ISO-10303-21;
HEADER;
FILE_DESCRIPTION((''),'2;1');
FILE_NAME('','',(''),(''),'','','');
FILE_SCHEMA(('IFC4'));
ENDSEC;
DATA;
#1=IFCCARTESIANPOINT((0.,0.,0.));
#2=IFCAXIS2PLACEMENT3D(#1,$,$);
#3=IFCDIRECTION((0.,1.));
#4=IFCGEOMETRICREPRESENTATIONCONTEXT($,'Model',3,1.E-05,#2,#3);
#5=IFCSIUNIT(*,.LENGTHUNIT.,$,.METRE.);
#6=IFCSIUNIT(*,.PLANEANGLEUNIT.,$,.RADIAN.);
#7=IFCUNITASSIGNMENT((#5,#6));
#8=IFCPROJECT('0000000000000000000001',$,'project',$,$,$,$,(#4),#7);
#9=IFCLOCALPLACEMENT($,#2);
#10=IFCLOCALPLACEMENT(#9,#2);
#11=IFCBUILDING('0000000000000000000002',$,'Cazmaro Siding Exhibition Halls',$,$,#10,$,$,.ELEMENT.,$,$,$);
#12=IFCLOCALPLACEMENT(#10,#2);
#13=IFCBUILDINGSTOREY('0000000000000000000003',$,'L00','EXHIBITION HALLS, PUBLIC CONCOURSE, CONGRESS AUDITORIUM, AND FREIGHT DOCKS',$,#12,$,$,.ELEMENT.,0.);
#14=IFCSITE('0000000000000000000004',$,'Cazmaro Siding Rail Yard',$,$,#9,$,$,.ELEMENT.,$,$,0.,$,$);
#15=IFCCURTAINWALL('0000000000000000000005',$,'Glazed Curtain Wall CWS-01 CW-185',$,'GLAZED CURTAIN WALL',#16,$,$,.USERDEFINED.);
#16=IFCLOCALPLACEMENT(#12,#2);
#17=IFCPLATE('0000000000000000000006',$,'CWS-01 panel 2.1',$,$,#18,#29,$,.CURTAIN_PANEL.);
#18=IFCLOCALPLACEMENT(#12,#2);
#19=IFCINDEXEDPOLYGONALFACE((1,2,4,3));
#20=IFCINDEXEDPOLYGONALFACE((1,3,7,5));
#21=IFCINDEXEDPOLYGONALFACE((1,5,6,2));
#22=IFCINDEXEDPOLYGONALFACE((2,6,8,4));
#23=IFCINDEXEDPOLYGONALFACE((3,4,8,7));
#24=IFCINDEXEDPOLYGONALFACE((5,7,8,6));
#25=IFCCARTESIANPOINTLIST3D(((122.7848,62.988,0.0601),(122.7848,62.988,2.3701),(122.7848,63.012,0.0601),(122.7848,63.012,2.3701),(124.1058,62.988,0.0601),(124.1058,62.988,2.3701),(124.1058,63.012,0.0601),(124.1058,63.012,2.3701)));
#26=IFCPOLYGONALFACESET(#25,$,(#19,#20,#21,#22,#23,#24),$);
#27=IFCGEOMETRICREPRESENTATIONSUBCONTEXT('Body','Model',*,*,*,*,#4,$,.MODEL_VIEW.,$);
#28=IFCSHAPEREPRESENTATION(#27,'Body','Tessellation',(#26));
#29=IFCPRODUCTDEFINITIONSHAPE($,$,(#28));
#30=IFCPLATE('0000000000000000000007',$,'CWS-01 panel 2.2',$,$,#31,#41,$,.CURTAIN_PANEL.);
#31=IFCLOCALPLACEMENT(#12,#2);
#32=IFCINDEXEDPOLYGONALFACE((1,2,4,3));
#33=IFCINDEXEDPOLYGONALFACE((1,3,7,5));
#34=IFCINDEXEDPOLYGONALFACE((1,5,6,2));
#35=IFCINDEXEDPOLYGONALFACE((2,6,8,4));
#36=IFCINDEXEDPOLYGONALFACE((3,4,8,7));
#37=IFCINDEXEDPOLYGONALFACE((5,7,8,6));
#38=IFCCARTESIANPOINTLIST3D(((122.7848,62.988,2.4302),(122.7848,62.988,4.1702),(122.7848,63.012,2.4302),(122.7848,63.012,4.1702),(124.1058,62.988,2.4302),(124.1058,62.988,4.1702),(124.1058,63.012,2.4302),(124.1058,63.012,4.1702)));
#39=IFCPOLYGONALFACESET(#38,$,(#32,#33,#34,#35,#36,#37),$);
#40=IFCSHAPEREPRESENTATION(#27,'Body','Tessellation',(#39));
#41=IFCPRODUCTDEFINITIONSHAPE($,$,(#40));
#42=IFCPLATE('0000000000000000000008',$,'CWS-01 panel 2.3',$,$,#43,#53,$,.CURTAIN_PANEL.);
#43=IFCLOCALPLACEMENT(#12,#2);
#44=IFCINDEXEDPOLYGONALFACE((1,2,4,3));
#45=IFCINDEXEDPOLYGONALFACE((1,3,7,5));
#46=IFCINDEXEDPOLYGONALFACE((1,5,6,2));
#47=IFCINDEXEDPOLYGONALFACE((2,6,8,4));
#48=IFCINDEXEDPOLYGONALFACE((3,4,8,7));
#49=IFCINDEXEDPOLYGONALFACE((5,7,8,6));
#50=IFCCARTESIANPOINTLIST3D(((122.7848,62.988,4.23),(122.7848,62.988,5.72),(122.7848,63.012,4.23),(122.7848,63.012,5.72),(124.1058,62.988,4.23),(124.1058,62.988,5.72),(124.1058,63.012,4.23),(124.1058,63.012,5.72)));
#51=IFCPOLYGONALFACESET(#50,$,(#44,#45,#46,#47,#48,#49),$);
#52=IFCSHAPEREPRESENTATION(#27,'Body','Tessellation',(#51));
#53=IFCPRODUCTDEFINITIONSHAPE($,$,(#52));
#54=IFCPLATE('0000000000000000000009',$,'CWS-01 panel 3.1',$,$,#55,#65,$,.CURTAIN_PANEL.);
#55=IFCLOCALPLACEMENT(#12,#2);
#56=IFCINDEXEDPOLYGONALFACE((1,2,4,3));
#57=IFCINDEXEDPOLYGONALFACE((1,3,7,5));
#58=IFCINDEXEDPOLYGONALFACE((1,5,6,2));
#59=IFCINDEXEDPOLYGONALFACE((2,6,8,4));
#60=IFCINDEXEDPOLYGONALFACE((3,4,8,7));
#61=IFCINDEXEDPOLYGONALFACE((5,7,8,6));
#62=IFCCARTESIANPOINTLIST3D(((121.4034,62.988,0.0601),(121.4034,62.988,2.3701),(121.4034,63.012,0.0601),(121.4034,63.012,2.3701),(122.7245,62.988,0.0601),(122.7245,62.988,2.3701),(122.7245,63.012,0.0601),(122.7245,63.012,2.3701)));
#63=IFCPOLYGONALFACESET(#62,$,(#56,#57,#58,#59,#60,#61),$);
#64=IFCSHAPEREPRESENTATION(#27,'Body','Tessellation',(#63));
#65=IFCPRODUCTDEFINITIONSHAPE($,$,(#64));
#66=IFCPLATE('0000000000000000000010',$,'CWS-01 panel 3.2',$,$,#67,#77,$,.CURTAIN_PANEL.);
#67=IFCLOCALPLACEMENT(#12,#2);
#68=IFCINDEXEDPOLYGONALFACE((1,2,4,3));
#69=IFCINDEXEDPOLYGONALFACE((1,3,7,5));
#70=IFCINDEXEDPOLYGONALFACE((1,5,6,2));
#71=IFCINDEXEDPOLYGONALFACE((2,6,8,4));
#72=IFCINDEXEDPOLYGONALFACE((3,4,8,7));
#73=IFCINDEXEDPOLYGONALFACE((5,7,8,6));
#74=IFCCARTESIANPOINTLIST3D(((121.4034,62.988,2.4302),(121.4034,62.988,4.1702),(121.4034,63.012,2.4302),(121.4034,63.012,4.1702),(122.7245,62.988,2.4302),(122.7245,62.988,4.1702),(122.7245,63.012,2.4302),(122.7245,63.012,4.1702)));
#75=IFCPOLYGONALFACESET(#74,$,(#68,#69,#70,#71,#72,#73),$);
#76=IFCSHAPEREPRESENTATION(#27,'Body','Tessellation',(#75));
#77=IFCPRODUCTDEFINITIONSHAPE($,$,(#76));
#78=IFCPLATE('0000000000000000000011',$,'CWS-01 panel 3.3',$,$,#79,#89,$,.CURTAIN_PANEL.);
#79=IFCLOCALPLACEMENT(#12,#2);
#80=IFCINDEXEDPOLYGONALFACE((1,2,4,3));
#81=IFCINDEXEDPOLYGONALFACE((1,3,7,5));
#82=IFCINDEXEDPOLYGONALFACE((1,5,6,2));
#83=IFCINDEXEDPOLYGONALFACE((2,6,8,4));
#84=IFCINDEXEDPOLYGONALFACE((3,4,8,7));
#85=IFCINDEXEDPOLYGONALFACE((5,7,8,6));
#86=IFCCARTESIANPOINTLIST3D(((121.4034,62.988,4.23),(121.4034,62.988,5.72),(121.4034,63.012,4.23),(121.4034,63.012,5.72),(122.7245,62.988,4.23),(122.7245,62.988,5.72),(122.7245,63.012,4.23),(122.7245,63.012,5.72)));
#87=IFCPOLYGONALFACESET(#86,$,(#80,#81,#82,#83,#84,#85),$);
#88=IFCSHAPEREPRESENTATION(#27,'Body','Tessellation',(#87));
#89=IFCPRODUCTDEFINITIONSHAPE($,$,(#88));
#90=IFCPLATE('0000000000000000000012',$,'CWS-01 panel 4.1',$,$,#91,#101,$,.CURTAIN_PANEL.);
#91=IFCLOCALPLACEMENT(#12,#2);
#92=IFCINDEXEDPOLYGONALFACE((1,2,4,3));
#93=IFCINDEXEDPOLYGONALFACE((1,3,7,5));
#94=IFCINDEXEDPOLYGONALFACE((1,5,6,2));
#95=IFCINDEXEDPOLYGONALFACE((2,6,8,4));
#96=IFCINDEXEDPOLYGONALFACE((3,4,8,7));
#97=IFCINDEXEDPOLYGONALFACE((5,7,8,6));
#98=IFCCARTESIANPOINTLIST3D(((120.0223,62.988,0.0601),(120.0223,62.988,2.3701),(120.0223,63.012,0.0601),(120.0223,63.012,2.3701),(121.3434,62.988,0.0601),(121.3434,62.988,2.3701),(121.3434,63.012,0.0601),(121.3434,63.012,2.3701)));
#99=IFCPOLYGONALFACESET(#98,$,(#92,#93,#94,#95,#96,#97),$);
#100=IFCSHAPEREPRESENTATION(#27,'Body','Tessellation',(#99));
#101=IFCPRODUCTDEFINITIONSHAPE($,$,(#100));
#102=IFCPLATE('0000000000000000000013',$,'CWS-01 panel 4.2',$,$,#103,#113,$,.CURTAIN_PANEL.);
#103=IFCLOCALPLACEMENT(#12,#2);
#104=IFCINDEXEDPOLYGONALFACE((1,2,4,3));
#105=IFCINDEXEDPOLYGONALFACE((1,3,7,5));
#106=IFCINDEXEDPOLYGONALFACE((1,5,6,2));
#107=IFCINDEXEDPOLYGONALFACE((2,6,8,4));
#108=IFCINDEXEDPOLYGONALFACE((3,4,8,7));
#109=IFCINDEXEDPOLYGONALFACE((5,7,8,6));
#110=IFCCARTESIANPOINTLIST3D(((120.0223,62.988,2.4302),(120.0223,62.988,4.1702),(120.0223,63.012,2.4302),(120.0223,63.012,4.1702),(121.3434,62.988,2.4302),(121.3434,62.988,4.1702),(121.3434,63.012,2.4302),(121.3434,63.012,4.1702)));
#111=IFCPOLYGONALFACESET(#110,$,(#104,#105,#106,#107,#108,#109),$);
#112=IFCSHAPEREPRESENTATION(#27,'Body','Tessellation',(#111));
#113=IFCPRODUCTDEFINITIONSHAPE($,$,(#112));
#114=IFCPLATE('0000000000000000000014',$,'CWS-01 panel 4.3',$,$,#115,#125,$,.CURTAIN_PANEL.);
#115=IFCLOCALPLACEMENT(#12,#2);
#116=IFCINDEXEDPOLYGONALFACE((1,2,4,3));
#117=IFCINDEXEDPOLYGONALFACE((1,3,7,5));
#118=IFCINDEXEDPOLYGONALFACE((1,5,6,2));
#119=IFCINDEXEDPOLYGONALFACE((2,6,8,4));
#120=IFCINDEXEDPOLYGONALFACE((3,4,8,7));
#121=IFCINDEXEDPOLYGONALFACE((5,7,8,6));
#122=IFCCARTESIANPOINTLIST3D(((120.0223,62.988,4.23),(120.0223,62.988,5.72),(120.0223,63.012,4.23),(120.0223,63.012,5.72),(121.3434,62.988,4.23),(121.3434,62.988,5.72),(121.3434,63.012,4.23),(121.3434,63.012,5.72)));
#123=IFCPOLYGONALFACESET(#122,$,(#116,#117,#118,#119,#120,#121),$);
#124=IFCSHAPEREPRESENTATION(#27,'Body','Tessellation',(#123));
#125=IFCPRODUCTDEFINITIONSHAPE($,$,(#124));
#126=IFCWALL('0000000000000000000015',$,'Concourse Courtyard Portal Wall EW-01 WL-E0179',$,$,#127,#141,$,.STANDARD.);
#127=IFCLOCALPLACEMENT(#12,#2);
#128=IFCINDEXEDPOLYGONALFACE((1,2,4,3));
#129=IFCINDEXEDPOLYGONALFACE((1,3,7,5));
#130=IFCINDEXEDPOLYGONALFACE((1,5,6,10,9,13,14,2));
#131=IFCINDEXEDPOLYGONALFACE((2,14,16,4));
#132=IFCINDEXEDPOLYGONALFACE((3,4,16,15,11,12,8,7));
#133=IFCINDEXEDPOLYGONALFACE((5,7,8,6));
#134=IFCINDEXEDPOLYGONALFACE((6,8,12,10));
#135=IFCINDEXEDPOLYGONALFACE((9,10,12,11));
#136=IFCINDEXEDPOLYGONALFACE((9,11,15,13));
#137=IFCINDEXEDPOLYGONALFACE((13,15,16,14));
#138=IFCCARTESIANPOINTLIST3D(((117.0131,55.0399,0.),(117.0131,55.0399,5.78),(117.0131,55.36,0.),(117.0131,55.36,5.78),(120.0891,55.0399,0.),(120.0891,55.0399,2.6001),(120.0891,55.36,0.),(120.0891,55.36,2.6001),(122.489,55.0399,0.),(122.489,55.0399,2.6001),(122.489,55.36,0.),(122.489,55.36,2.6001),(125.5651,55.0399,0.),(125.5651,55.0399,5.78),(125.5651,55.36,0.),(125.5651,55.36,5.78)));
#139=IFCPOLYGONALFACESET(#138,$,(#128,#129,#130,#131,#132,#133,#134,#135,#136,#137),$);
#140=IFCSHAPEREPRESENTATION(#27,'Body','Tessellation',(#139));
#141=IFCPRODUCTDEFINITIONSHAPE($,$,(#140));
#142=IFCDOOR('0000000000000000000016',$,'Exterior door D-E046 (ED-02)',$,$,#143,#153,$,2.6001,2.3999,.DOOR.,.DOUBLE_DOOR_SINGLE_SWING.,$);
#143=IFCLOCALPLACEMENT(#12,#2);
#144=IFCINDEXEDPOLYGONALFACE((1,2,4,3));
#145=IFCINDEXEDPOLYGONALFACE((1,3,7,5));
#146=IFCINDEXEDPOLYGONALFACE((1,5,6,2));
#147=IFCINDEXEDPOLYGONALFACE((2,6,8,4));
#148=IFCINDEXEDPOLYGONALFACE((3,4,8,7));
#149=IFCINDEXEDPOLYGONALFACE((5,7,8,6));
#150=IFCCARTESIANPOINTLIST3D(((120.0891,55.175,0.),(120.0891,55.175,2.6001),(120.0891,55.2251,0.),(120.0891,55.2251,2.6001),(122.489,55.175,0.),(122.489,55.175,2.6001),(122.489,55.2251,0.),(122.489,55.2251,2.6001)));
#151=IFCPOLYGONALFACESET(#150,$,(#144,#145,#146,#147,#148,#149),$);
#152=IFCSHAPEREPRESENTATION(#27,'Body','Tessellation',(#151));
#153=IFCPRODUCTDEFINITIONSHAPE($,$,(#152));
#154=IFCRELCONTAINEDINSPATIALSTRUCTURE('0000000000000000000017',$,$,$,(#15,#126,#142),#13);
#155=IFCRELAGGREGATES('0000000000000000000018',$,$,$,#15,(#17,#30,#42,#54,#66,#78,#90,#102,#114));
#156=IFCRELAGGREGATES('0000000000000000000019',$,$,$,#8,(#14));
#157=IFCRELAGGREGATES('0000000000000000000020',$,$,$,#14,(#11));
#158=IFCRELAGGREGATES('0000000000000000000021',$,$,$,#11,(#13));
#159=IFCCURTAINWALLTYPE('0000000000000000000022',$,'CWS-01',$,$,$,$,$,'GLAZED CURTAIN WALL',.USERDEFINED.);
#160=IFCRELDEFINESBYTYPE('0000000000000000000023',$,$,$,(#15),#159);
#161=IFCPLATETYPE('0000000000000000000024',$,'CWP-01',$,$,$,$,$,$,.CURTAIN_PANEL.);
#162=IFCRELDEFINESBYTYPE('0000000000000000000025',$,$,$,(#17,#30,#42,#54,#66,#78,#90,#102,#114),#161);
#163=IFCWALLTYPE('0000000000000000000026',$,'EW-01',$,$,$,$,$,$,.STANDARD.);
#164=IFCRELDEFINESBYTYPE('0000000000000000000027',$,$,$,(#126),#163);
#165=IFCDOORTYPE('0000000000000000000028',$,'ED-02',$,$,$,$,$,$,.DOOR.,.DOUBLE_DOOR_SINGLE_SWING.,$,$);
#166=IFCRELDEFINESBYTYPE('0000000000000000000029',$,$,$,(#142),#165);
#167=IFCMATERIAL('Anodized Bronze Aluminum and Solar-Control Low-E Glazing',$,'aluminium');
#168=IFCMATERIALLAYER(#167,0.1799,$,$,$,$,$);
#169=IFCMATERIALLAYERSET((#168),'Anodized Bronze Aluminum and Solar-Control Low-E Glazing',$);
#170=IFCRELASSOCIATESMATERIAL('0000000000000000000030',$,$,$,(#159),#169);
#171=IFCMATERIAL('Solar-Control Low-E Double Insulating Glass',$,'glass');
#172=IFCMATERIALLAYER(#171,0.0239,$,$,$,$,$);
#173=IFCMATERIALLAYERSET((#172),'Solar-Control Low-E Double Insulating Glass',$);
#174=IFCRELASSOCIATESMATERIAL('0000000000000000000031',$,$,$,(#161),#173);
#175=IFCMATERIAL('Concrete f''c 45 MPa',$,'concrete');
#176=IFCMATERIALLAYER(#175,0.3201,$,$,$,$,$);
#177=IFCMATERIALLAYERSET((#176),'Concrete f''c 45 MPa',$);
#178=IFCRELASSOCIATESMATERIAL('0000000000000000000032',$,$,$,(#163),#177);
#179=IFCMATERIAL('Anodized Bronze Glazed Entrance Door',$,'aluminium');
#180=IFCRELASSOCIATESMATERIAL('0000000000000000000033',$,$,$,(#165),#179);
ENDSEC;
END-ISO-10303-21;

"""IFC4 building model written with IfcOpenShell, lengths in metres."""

from ifc_helpers import new_model, si_unit, direction, frame, frame_2d, origin, origin_2d, place, context, subcontext, project, spatial, rectangle, extrude, material, layer, layer_set, type_object, element, fill, aggregate, save


model = new_model("IFC4")

# Units and contexts
model_context = context("Model", 3, precision=1e-05, world=origin(), true_north=direction((0.0, 1.0)))
body_context = subcontext(model_context, "Body", "Model", "MODEL_VIEW")
ifc_project = project(units=[si_unit("LENGTHUNIT", "METRE"), si_unit("PLANEANGLEUNIT", "RADIAN")], contexts=[model_context])

# Site, building, storey
site_placement = place(None, origin())
site = spatial("IfcSite", under=ifc_project, at=site_placement, Name="Cazmaro Siding Rail Yard", CompositionType="ELEMENT", RefElevation=0.0)
building_placement = place(site_placement, origin())
building = spatial("IfcBuilding", under=site, at=building_placement, Name="Cazmaro Siding Exhibition Halls", CompositionType="ELEMENT")
storey_placement = place(building_placement, origin())
storey = spatial("IfcBuildingStorey", under=building, at=storey_placement, Name="L00", Description="EXHIBITION HALLS, PUBLIC CONCOURSE, CONGRESS AUDITORIUM, AND FREIGHT DOCKS", CompositionType="ELEMENT", Elevation=0.0)

# Curtain wall, plates
ifc_material_1 = material(Name="Anodized Bronze Aluminum and Solar-Control Low-E Glazing", Category="aluminium")
ifc_layer_1 = layer(ifc_material_1, 0.1799)
ifc_layer_set_1 = layer_set([ifc_layer_1], Name="Anodized Bronze Aluminum and Solar-Control Low-E Glazing")
curtain_wall_type = type_object("IfcCurtainWallType", Name="CWS-01", ElementType="GLAZED CURTAIN WALL", PredefinedType="USERDEFINED", material=ifc_layer_set_1)
curtain_wall_placement = place(storey_placement, origin())
curtain_wall = element("IfcCurtainWall", 1, at=curtain_wall_placement, inside=storey, type_object=curtain_wall_type, Name="Glazed Curtain Wall CWS-01 CW-185", ObjectType="GLAZED CURTAIN WALL", PredefinedType="USERDEFINED")
ifc_material_2 = material(Name="Solar-Control Low-E Double Insulating Glass", Category="glass")
ifc_layer_2 = layer(ifc_material_2, 0.0239)
ifc_layer_set_2 = layer_set([ifc_layer_2], Name="Solar-Control Low-E Double Insulating Glass")
plate_type = type_object("IfcPlateType", Name="CWP-01", PredefinedType="CURTAIN_PANEL", material=ifc_layer_set_2)
plate_1_placement = place(storey_placement, frame((123.4453, 63.0, 0.0601), z_axis=(0.0, 0.0, 1.0), x_axis=(-1.0, 0.0, 0.0)))
plate_1 = element("IfcPlate", 2, at=plate_1_placement, type_object=plate_type, Name="CWS-01 panel 2.1", PredefinedType="CURTAIN_PANEL", context=body_context, shape_type="SweptSolid", body=[
    extrude(rectangle(XDim=1.321, YDim=0.0239, at=origin_2d()), origin(), (0.0, 0.0, 1.0), 2.3101),
])
plate_2_placement = place(storey_placement, frame((123.4453, 63.0, 2.4302), z_axis=(0.0, 0.0, 1.0), x_axis=(-1.0, 0.0, 0.0)))
plate_2 = element("IfcPlate", 3, at=plate_2_placement, type_object=plate_type, Name="CWS-01 panel 2.2", PredefinedType="CURTAIN_PANEL", context=body_context, shape_type="SweptSolid", body=[
    extrude(rectangle(XDim=1.321, YDim=0.0239, at=origin_2d()), origin(), (0.0, 0.0, 1.0), 1.74),
])
plate_3_placement = place(storey_placement, frame((123.4453, 63.0, 4.23), z_axis=(0.0, 0.0, 1.0), x_axis=(-1.0, 0.0, 0.0)))
plate_3 = element("IfcPlate", 4, at=plate_3_placement, type_object=plate_type, Name="CWS-01 panel 2.3", PredefinedType="CURTAIN_PANEL", context=body_context, shape_type="SweptSolid", body=[
    extrude(rectangle(XDim=1.321, YDim=0.0239, at=origin_2d()), origin(), (0.0, 0.0, 1.0), 1.49),
])
plate_4_placement = place(storey_placement, frame((122.064, 63.0, 0.0601), z_axis=(0.0, 0.0, 1.0), x_axis=(-1.0, 0.0, 0.0)))
plate_4 = element("IfcPlate", 5, at=plate_4_placement, type_object=plate_type, Name="CWS-01 panel 3.1", PredefinedType="CURTAIN_PANEL", context=body_context, shape_type="SweptSolid", body=[
    extrude(rectangle(XDim=1.321, YDim=0.0239, at=origin_2d()), origin(), (0.0, 0.0, 1.0), 2.3101),
])
plate_5_placement = place(storey_placement, frame((122.064, 63.0, 2.4302), z_axis=(0.0, 0.0, 1.0), x_axis=(-1.0, 0.0, 0.0)))
plate_5 = element("IfcPlate", 6, at=plate_5_placement, type_object=plate_type, Name="CWS-01 panel 3.2", PredefinedType="CURTAIN_PANEL", context=body_context, shape_type="SweptSolid", body=[
    extrude(rectangle(XDim=1.321, YDim=0.0239, at=origin_2d()), origin(), (0.0, 0.0, 1.0), 1.74),
])
plate_6_placement = place(storey_placement, frame((122.064, 63.0, 4.23), z_axis=(0.0, 0.0, 1.0), x_axis=(-1.0, 0.0, 0.0)))
plate_6 = element("IfcPlate", 7, at=plate_6_placement, type_object=plate_type, Name="CWS-01 panel 3.3", PredefinedType="CURTAIN_PANEL", context=body_context, shape_type="SweptSolid", body=[
    extrude(rectangle(XDim=1.321, YDim=0.0239, at=origin_2d()), origin(), (0.0, 0.0, 1.0), 1.49),
])
plate_7_placement = place(storey_placement, frame((120.6829, 63.0, 0.0601), z_axis=(0.0, 0.0, 1.0), x_axis=(-1.0, 0.0, 0.0)))
plate_7 = element("IfcPlate", 8, at=plate_7_placement, type_object=plate_type, Name="CWS-01 panel 4.1", PredefinedType="CURTAIN_PANEL", context=body_context, shape_type="SweptSolid", body=[
    extrude(rectangle(XDim=1.321, YDim=0.0239, at=origin_2d()), origin(), (0.0, 0.0, 1.0), 2.3101),
])
plate_8_placement = place(storey_placement, frame((120.6829, 63.0, 2.4302), z_axis=(0.0, 0.0, 1.0), x_axis=(-1.0, 0.0, 0.0)))
plate_8 = element("IfcPlate", 9, at=plate_8_placement, type_object=plate_type, Name="CWS-01 panel 4.2", PredefinedType="CURTAIN_PANEL", context=body_context, shape_type="SweptSolid", body=[
    extrude(rectangle(XDim=1.321, YDim=0.0239, at=origin_2d()), origin(), (0.0, 0.0, 1.0), 1.74),
])
plate_9_placement = place(storey_placement, frame((120.6829, 63.0, 4.23), z_axis=(0.0, 0.0, 1.0), x_axis=(-1.0, 0.0, 0.0)))
plate_9 = element("IfcPlate", 10, at=plate_9_placement, type_object=plate_type, Name="CWS-01 panel 4.3", PredefinedType="CURTAIN_PANEL", context=body_context, shape_type="SweptSolid", body=[
    extrude(rectangle(XDim=1.321, YDim=0.0239, at=origin_2d()), origin(), (0.0, 0.0, 1.0), 1.49),
])
aggregate(curtain_wall, [plate_1, plate_2, plate_3, plate_4, plate_5, plate_6, plate_7, plate_8, plate_9])

# Wall, opening, door
ifc_material_3 = material(Name="Concrete f'c 45 MPa", Category="concrete")
ifc_layer_3 = layer(ifc_material_3, 0.3201)
ifc_layer_set_3 = layer_set([ifc_layer_3], Name="Concrete f'c 45 MPa")
wall_type = type_object("IfcWallType", Name="EW-01", PredefinedType="STANDARD", material=ifc_layer_set_3)
wall_placement = place(storey_placement, frame((125.5649, 55.2, 0.0), z_axis=(0.0, 0.0, 1.0), x_axis=(-1.0, 0.0, 0.0)))
wall = element("IfcWall", 11, at=wall_placement, inside=storey, type_object=wall_type, Name="Concourse Courtyard Portal Wall EW-01 WL-E0179", PredefinedType="STANDARD", context=body_context, shape_type="SweptSolid", body=[
    extrude(rectangle(XDim=8.552, YDim=0.3201, at=frame_2d((4.2759, 0.0))), origin(), (0.0, 0.0, 1.0), 5.78),
])
opening_placement = place(wall_placement, frame((3.0759, 0.0, 0.0)))
opening = element("IfcOpeningElement", 12, at=opening_placement, cuts=wall, PredefinedType="OPENING", context=body_context, shape_type="SweptSolid", body=[
    extrude(rectangle(XDim=2.3999, YDim=2.6001, at=frame_2d((1.2, 1.3))), frame((0.0, 0.1699, 0.0), z_axis=(0.0, -1.0, 0.0), x_axis=(1.0, 0.0, 0.0)), (0.0, 0.0, 1.0), 0.3401),
])
ifc_material_4 = material(Name="Anodized Bronze Glazed Entrance Door", Category="aluminium")
door_type = type_object("IfcDoorType", Name="ED-02", OperationType="DOUBLE_DOOR_SINGLE_SWING", PredefinedType="DOOR", material=ifc_material_4)
door_placement = place(opening_placement, origin())
door = element("IfcDoor", 13, at=door_placement, inside=storey, type_object=door_type, Name="Exterior door D-E046 (ED-02)", OperationType="DOUBLE_DOOR_SINGLE_SWING", OverallHeight=2.6001, OverallWidth=2.3999, PredefinedType="DOOR", context=body_context, shape_type="SweptSolid", body=[
    extrude(rectangle(XDim=2.3999, YDim=2.6001, at=frame_2d((1.2, 1.3))), frame((0.0, 0.0249, 0.0), z_axis=(0.0, -1.0, 0.0), x_axis=(1.0, 0.0, 0.0)), (0.0, 0.0, 1.0), 0.05),
])
fill(opening, door)

save(model, "model.ifc")
